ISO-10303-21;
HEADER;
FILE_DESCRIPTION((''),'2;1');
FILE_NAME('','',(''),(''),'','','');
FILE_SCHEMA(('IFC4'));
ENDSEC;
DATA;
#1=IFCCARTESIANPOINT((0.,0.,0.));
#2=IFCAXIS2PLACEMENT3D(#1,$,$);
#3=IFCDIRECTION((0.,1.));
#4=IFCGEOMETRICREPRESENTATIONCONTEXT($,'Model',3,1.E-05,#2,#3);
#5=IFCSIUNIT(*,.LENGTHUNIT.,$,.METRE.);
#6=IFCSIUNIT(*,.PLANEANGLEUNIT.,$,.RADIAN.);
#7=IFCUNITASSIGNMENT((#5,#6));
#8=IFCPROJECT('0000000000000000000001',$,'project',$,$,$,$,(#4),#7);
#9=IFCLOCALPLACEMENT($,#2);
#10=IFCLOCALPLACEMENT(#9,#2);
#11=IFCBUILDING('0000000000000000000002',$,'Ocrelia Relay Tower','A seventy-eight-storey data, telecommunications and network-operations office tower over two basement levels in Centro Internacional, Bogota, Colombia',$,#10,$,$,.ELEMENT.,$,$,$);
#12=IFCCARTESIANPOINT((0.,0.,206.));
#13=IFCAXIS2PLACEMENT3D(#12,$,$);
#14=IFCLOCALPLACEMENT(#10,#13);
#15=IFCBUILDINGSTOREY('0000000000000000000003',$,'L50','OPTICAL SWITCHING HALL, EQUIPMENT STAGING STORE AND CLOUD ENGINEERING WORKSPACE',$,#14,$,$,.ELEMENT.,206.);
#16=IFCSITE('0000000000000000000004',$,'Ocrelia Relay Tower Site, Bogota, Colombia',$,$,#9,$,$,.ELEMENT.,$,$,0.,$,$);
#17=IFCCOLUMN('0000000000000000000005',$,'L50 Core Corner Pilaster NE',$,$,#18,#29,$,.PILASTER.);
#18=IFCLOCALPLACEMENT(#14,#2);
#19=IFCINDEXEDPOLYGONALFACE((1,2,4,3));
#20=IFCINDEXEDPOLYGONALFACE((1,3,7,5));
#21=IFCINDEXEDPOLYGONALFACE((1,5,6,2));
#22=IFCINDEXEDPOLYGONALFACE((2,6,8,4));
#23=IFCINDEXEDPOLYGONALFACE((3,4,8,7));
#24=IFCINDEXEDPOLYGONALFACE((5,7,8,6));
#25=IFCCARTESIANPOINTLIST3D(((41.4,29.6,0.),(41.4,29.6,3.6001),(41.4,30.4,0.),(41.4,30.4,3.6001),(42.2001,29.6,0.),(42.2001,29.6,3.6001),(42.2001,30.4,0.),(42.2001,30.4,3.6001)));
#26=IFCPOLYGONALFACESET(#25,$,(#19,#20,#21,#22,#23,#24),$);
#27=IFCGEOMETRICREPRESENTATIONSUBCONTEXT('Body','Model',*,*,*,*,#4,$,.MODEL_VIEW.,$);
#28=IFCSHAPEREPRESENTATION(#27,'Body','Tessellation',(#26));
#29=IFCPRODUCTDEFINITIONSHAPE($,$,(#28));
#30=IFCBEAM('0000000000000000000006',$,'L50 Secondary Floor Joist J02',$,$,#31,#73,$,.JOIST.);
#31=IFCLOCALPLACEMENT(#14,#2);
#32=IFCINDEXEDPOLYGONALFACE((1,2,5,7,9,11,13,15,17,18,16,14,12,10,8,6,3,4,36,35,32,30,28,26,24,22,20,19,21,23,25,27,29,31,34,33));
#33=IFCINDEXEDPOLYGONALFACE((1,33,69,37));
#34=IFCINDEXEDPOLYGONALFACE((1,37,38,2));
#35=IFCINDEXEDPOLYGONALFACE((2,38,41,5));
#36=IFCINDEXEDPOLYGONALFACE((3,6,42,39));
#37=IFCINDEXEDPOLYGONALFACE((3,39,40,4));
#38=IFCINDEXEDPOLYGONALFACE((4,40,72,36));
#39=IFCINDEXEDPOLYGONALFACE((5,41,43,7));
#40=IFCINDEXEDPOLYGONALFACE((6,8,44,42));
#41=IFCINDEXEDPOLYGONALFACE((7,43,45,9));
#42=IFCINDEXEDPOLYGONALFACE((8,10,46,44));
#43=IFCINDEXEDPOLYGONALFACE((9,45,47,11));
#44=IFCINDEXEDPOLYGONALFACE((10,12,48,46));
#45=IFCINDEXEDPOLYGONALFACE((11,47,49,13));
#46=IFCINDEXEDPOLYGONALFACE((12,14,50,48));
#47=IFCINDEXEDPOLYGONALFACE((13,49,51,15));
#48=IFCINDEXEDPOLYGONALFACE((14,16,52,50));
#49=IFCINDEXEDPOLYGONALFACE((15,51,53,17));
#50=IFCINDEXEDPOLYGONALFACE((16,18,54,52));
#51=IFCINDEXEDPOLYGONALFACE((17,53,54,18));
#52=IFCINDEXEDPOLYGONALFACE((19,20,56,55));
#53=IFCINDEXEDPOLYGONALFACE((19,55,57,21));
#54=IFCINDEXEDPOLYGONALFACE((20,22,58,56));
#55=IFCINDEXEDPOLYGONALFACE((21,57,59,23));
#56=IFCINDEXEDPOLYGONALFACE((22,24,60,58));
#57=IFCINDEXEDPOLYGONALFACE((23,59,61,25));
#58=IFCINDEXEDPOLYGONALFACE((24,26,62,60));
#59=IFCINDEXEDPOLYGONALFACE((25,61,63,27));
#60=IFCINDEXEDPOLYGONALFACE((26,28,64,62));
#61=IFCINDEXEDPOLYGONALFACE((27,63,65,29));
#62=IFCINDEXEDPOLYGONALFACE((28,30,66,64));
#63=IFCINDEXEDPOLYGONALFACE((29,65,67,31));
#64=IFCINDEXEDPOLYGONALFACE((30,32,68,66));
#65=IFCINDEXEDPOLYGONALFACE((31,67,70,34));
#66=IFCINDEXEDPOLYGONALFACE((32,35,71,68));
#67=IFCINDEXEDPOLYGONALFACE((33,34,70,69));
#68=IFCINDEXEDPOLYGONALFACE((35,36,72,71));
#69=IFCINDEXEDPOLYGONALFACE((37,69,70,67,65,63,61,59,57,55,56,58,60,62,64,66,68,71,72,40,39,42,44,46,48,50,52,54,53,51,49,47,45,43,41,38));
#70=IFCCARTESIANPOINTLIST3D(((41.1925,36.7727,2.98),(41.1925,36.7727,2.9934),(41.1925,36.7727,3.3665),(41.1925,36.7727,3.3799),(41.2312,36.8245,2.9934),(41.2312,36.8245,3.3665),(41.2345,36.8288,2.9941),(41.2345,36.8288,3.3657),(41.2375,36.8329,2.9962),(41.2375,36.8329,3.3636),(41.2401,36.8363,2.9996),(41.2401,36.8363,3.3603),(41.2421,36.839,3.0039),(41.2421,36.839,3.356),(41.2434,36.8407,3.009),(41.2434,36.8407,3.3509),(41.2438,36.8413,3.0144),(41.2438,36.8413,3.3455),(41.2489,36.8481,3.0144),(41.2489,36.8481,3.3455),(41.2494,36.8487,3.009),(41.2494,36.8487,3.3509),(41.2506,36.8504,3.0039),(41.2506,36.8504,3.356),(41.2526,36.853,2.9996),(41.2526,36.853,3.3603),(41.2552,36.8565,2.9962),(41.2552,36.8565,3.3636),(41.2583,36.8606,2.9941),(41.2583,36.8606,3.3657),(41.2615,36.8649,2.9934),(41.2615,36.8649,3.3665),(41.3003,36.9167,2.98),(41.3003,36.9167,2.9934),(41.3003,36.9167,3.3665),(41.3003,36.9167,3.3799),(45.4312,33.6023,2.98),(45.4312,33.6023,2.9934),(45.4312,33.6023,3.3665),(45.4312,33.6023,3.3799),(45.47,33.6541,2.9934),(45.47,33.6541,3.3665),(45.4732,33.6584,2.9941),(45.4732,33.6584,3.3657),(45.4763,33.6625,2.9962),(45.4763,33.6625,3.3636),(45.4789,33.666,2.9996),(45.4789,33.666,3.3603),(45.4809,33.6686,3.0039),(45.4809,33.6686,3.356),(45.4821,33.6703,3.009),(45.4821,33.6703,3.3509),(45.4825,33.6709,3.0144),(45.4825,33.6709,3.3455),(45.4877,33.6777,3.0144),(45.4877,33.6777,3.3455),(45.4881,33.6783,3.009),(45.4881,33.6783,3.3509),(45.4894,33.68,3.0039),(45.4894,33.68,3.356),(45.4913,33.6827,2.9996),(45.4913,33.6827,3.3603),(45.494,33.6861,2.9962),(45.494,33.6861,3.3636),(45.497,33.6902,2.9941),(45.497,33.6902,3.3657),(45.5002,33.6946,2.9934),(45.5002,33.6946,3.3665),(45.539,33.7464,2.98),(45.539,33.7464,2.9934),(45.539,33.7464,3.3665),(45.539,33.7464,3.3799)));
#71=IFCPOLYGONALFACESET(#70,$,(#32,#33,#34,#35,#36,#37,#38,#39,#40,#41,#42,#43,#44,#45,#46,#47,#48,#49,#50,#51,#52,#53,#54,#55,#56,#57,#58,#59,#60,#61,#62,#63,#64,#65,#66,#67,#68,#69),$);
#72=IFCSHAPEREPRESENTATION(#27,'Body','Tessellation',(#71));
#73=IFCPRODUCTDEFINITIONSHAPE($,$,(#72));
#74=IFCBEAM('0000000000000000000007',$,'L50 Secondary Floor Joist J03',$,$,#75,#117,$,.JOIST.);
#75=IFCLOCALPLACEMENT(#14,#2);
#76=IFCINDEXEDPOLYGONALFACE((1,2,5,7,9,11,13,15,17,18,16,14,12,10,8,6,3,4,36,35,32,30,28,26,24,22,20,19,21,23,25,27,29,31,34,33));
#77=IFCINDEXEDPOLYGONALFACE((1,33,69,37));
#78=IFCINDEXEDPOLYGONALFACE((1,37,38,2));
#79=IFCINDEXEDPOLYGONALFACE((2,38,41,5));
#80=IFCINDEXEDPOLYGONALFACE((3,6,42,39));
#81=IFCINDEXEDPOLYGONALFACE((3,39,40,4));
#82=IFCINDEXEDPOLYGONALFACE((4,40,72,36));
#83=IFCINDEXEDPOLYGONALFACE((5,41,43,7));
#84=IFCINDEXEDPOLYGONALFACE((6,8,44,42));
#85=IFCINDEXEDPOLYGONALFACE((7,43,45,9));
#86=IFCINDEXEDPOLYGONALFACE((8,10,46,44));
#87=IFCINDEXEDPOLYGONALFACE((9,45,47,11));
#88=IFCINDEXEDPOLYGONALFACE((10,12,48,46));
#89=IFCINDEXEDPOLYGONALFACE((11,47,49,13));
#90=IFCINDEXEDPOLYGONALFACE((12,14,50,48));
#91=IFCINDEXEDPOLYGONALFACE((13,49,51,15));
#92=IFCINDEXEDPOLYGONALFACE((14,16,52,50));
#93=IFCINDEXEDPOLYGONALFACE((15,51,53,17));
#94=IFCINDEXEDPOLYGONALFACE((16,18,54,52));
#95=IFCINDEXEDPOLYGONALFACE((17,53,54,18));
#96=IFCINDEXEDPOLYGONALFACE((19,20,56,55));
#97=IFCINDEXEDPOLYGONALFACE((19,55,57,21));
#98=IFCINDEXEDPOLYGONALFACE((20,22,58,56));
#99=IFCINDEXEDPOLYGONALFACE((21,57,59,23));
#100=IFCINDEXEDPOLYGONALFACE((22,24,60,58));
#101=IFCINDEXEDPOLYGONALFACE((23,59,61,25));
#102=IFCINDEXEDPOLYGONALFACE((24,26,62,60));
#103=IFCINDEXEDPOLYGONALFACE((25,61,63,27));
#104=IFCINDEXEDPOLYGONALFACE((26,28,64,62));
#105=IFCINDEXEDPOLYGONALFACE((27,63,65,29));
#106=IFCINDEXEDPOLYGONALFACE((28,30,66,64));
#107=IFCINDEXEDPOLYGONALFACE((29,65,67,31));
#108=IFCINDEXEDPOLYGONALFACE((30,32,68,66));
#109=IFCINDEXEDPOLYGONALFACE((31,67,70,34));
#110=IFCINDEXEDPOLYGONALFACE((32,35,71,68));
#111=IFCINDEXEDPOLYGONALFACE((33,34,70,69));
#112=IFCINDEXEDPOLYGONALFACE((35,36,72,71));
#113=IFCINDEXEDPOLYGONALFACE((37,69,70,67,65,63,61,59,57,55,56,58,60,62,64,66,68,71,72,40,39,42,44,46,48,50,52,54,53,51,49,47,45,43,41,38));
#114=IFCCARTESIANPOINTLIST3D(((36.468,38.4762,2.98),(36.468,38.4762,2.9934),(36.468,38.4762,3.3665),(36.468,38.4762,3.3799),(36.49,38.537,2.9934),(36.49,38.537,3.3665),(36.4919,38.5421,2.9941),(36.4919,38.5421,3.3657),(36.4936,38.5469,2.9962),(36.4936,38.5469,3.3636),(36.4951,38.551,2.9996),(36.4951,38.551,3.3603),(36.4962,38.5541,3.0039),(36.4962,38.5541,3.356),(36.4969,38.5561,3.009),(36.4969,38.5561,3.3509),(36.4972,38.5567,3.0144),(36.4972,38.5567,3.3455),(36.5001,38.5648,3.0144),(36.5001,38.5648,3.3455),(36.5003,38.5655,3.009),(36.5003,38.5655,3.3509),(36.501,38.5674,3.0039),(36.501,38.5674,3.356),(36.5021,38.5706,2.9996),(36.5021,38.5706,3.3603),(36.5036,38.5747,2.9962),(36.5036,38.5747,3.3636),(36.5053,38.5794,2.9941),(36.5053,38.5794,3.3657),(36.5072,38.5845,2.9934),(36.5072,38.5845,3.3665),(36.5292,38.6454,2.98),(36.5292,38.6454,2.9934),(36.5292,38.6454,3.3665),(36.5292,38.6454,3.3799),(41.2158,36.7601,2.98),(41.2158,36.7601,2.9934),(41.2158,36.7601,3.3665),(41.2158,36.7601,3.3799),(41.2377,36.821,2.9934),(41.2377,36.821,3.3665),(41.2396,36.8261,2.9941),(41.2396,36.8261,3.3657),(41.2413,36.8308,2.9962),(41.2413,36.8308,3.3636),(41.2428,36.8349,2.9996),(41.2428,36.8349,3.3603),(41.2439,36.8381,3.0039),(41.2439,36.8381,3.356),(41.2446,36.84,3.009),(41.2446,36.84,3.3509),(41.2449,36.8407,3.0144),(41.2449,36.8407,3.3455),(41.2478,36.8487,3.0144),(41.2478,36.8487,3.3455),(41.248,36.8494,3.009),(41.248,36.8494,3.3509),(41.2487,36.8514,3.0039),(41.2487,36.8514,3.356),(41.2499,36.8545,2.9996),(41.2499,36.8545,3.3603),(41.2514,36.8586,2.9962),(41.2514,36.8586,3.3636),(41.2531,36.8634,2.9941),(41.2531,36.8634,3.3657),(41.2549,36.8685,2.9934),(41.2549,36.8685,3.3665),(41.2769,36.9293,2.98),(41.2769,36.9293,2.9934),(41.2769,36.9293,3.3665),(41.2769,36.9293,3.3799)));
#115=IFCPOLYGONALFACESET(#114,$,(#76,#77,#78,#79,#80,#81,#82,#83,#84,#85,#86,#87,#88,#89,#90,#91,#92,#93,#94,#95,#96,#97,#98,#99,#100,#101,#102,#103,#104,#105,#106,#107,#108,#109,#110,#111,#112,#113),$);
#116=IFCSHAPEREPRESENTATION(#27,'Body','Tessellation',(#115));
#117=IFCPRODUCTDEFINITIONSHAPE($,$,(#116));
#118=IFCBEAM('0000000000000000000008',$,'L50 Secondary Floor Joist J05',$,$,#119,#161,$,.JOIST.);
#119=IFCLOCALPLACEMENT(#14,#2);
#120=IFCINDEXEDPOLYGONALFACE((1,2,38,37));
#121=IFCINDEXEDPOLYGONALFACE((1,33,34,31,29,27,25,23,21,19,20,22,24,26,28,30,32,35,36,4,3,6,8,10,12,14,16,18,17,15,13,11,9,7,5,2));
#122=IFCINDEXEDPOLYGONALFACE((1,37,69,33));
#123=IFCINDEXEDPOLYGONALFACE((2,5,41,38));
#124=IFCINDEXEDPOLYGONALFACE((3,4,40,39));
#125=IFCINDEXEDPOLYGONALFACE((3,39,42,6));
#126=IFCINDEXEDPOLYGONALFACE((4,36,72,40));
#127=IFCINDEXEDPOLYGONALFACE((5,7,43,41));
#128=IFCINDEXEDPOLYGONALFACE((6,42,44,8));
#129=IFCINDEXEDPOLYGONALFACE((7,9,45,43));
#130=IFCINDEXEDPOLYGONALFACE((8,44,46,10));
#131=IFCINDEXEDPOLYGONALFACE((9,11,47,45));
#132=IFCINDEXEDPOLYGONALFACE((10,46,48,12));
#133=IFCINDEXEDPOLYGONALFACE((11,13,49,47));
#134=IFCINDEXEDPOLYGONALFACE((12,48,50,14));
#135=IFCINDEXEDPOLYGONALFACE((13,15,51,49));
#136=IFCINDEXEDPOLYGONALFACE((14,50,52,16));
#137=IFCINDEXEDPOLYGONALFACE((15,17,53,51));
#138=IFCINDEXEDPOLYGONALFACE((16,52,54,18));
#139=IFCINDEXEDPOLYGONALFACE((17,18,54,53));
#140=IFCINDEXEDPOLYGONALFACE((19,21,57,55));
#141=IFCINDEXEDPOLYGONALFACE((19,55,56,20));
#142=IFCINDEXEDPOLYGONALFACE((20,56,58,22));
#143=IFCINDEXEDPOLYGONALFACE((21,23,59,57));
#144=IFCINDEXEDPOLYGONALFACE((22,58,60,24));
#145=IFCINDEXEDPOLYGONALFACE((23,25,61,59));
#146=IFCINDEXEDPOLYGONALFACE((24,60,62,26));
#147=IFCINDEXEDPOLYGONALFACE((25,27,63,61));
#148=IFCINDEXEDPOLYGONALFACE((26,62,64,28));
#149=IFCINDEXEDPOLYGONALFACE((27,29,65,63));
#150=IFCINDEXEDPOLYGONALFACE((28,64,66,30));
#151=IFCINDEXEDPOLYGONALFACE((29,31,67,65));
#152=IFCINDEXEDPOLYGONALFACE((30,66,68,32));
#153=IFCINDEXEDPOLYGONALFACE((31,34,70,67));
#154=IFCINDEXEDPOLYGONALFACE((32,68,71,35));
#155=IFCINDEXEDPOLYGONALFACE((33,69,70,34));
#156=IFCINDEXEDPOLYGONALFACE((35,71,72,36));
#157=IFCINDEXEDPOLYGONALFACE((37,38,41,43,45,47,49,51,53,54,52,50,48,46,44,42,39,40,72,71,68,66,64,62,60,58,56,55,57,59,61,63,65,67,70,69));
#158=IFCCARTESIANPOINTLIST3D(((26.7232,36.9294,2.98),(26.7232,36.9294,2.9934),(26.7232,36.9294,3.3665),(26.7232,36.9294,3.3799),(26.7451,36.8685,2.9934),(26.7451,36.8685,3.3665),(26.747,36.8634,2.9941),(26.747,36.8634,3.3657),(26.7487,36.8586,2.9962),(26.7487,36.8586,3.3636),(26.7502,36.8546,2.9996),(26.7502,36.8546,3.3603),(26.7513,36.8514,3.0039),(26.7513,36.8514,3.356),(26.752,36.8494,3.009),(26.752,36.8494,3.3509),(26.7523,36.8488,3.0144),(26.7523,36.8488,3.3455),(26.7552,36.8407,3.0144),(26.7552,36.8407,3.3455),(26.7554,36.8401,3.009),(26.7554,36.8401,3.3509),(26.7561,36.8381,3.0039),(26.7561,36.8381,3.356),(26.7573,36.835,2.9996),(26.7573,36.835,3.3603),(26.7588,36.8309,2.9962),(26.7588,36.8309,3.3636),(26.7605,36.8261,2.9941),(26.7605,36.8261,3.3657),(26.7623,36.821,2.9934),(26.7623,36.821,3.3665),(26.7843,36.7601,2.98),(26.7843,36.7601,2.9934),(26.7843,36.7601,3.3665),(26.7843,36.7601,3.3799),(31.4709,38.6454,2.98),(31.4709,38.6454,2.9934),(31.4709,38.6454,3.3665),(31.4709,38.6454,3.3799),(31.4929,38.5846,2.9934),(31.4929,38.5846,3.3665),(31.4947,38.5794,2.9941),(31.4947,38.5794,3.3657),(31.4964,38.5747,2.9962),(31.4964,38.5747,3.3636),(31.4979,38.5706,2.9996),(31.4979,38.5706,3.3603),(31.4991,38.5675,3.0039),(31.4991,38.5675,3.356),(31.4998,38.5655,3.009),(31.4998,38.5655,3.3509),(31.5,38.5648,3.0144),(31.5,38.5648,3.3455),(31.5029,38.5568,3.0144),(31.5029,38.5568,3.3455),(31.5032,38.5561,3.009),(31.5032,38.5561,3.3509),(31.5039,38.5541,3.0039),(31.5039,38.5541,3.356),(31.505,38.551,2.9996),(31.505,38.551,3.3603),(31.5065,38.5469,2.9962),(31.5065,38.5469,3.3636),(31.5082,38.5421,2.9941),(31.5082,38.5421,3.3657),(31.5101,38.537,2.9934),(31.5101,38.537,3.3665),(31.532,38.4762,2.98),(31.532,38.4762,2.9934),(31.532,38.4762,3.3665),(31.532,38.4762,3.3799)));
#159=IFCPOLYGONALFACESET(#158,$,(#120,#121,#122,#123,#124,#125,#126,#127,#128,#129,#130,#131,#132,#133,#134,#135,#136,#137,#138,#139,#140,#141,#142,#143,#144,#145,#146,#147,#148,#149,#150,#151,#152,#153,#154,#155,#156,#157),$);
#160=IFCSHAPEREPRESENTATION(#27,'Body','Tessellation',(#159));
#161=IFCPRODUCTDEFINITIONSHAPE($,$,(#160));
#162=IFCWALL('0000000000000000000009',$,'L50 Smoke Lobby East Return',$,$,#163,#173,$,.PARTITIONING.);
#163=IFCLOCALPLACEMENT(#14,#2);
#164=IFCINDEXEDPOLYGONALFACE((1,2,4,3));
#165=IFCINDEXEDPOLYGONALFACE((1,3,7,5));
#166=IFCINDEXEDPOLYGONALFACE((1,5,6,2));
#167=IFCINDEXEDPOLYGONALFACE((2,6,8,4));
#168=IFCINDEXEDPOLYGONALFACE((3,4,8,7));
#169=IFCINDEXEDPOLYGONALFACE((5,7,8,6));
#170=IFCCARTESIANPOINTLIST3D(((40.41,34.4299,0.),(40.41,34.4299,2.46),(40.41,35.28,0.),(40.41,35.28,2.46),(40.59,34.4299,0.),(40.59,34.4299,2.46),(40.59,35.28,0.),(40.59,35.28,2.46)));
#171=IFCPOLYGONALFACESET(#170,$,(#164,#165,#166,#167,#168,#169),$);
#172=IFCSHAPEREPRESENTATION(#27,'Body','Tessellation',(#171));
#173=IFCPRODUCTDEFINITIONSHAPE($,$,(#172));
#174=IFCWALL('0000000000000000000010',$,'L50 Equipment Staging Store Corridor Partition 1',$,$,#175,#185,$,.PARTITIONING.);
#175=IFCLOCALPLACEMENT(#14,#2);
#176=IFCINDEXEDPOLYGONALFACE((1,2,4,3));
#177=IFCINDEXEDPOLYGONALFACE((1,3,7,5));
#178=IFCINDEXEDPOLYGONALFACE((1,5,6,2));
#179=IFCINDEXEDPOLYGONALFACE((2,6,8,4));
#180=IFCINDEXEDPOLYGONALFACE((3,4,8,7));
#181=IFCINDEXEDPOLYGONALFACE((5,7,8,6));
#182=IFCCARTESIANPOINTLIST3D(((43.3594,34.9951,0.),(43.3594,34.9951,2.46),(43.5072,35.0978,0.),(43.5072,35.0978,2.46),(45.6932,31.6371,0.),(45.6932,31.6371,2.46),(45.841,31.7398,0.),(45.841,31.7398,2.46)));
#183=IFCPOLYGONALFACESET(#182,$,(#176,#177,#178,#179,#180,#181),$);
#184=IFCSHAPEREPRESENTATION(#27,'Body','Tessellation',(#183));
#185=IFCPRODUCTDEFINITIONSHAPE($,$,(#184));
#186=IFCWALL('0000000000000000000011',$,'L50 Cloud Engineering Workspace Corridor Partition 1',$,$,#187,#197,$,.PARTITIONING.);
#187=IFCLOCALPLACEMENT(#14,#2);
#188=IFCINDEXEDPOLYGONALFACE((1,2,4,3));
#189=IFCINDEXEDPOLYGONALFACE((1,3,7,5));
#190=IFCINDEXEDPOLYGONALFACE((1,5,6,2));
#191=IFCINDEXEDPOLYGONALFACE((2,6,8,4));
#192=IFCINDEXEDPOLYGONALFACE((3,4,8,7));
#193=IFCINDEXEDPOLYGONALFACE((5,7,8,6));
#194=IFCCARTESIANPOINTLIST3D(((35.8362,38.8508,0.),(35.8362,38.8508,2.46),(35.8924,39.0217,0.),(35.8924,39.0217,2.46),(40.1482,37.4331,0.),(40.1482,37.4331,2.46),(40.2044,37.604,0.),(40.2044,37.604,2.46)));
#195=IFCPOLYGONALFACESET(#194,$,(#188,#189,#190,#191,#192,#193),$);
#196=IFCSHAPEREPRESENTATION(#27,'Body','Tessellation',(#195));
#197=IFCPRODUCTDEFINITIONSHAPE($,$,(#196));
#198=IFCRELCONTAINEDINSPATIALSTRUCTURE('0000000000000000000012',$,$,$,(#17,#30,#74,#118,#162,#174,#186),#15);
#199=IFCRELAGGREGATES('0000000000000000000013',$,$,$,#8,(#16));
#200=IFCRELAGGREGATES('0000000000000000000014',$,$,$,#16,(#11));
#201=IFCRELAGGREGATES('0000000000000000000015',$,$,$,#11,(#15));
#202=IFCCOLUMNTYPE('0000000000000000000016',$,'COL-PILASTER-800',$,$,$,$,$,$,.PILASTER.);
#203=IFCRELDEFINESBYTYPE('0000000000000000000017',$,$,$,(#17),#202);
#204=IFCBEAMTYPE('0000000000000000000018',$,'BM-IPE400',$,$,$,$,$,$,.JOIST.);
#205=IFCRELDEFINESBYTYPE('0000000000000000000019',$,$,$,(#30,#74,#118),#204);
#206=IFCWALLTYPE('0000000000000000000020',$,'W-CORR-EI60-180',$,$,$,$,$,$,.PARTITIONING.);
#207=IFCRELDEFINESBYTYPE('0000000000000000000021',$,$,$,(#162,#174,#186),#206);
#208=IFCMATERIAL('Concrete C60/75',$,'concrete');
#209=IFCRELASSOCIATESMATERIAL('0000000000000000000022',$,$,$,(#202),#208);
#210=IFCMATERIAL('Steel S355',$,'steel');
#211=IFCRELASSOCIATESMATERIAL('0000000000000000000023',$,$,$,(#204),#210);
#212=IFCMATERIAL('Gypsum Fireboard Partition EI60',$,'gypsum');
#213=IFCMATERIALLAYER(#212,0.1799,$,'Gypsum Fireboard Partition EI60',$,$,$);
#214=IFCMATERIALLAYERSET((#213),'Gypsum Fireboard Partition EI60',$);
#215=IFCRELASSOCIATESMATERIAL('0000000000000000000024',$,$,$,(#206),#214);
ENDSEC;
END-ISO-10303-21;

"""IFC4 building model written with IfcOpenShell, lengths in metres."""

from ifc_helpers import new_model, si_unit, direction, frame, frame_2d, origin, origin_2d, place, context, subcontext, project, spatial, rectangle, i_section, extrude, material, layer, layer_set, material_profile, profile_set, type_object, element, save


model = new_model("IFC4")

# Units and contexts
model_context = context("Model", 3, precision=1e-05, world=origin(), true_north=direction((0.0, 1.0)))
body_context = subcontext(model_context, "Body", "Model", "MODEL_VIEW")
ifc_project = project(units=[si_unit("LENGTHUNIT", "METRE"), si_unit("PLANEANGLEUNIT", "RADIAN")], contexts=[model_context])

# Site, building, storey
site_placement = place(None, origin())
site = spatial("IfcSite", under=ifc_project, at=site_placement, Name="Ocrelia Relay Tower Site, Bogota, Colombia", CompositionType="ELEMENT", RefElevation=0.0)
building_placement = place(site_placement, origin())
building = spatial("IfcBuilding", under=site, at=building_placement, Name="Ocrelia Relay Tower", Description="A seventy-eight-storey data, telecommunications and network-operations office tower over two basement levels in Centro Internacional, Bogota, Colombia", CompositionType="ELEMENT")
storey_placement = place(building_placement, frame((0.0, 0.0, 206.0)))
storey = spatial("IfcBuildingStorey", under=building, at=storey_placement, Name="L50", Description="OPTICAL SWITCHING HALL, EQUIPMENT STAGING STORE AND CLOUD ENGINEERING WORKSPACE", CompositionType="ELEMENT", Elevation=206.0)

# Column
ifc_material_1 = material(Name="Concrete C60/75", Category="concrete")
ifc_material_profile_1 = material_profile(ifc_material_1, rectangle(XDim=0.8, YDim=0.8, at=origin_2d()), Name="RC-COL-800x800")
ifc_profile_set_1 = profile_set([ifc_material_profile_1], Name="Concrete C60/75")
column_type = type_object("IfcColumnType", Name="COL-PILASTER-800", PredefinedType="PILASTER", material=ifc_profile_set_1)
column_placement = place(storey_placement, frame((41.8, 30.0, 0.0), z_axis=(0.0, 0.0, 1.0), x_axis=(1.0, 0.0, 0.0)))
element("IfcColumn", 1, at=column_placement, inside=storey, type_object=column_type, Name="L50 Core Corner Pilaster NE", PredefinedType="PILASTER", context=body_context, shape_type="SweptSolid", body=[
    extrude(rectangle(XDim=0.8, YDim=0.8, at=origin_2d()), origin(), (0.0, 0.0, 1.0), 3.6001),
])

# Beams
ifc_material_2 = material(Name="Steel S355", Category="steel")
ifc_material_profile_2 = material_profile(ifc_material_2, i_section(OverallWidth=0.1799, OverallDepth=0.3999, WebThickness=0.0085, FlangeThickness=0.0134, FilletRadius=0.021, at=origin_2d()), Name="IPE 400")
ifc_profile_set_2 = profile_set([ifc_material_profile_2], Name="Steel S355")
beam_type = type_object("IfcBeamType", Name="BM-IPE400", PredefinedType="JOIST", material=ifc_profile_set_2)
beam_placement = place(storey_placement, frame((45.4851, 33.6743, 3.1799), z_axis=(-0.800785, 0.598952, 0.0), x_axis=(-0.598952, -0.800785, 0.0)))
element("IfcBeam", 2, at=beam_placement, inside=storey, type_object=beam_type, Name="L50 Secondary Floor Joist J02", PredefinedType="JOIST", context=body_context, shape_type="SweptSolid", body=[
    extrude(i_section(OverallWidth=0.1799, OverallDepth=0.3999, WebThickness=0.0085, FlangeThickness=0.0134, FilletRadius=0.021, at=origin_2d()), origin(), (0.0, 0.0, 1.0), 5.2932),
])
for number, where, z_axis, x_axis, name in (
    (3, (41.2463, 36.8447, 3.1799), (-0.940454, 0.339921, 0.0), (-0.339921, -0.940454, 0.0), "L50 Secondary Floor Joist J03"),
    (4, (31.5015, 38.5608, 3.1799), (-0.940454, -0.339921, 0.0), (0.339921, -0.940454, 0.0), "L50 Secondary Floor Joist J05"),
):
    element("IfcBeam", number, at=place(storey_placement, frame(where, z_axis=z_axis, x_axis=x_axis)), inside=storey, type_object=beam_type, Name=name, PredefinedType="JOIST", context=body_context, shape_type="SweptSolid", body=[
        extrude(i_section(OverallWidth=0.1799, OverallDepth=0.3999, WebThickness=0.0085, FlangeThickness=0.0134, FilletRadius=0.021, at=origin_2d()), origin(), (0.0, 0.0, 1.0), 5.0483),
    ])

# Wall
ifc_material_3 = material(Name="Gypsum Fireboard Partition EI60", Category="gypsum")
ifc_layer_1 = layer(ifc_material_3, 0.1799, Name="Gypsum Fireboard Partition EI60")
ifc_layer_set_1 = layer_set([ifc_layer_1], Name="Gypsum Fireboard Partition EI60")
wall_type_1 = type_object("IfcWallType", Name="W-CORR-EI60-180", PredefinedType="PARTITIONING", material=ifc_layer_set_1)
wall_1_placement = place(storey_placement, frame((40.5, 35.28, 0.0), z_axis=(0.0, 0.0, 1.0), x_axis=(0.0, -1.0, 0.0)))
element("IfcWall", 5, at=wall_1_placement, inside=storey, type_object=wall_type_1, Name="L50 Smoke Lobby East Return", PredefinedType="PARTITIONING", context=body_context, shape_type="SweptSolid", body=[
    extrude(rectangle(XDim=0.8501, YDim=0.1799, at=frame_2d((0.425, 0.0))), origin(), (0.0, 0.0, 1.0), 2.46),
])

# Wall
wall_2_placement = place(storey_placement, frame((45.7671, 31.6885, 0.0), z_axis=(0.0, 0.0, 1.0), x_axis=(-0.570702, 0.821157, 0.0)))
element("IfcWall", 6, at=wall_2_placement, inside=storey, type_object=wall_type_1, Name="L50 Equipment Staging Store Corridor Partition 1", PredefinedType="PARTITIONING", context=body_context, shape_type="SweptSolid", body=[
    extrude(rectangle(XDim=4.0894, YDim=0.1799, at=frame_2d((2.0447, 0.0))), origin(), (0.0, 0.0, 1.0), 2.46),
])

# Wall
wall_3_placement = place(storey_placement, frame((40.1763, 37.5186, 0.0), z_axis=(0.0, 0.0, 1.0), x_axis=(-0.949972, 0.312336, 0.0)))
element("IfcWall", 7, at=wall_3_placement, inside=storey, type_object=wall_type_1, Name="L50 Cloud Engineering Workspace Corridor Partition 1", PredefinedType="PARTITIONING", context=body_context, shape_type="SweptSolid", body=[
    extrude(rectangle(XDim=4.5391, YDim=0.1799, at=frame_2d((2.2695, 0.0))), origin(), (0.0, 0.0, 1.0), 2.46),
])

save(model, "model.ifc")
